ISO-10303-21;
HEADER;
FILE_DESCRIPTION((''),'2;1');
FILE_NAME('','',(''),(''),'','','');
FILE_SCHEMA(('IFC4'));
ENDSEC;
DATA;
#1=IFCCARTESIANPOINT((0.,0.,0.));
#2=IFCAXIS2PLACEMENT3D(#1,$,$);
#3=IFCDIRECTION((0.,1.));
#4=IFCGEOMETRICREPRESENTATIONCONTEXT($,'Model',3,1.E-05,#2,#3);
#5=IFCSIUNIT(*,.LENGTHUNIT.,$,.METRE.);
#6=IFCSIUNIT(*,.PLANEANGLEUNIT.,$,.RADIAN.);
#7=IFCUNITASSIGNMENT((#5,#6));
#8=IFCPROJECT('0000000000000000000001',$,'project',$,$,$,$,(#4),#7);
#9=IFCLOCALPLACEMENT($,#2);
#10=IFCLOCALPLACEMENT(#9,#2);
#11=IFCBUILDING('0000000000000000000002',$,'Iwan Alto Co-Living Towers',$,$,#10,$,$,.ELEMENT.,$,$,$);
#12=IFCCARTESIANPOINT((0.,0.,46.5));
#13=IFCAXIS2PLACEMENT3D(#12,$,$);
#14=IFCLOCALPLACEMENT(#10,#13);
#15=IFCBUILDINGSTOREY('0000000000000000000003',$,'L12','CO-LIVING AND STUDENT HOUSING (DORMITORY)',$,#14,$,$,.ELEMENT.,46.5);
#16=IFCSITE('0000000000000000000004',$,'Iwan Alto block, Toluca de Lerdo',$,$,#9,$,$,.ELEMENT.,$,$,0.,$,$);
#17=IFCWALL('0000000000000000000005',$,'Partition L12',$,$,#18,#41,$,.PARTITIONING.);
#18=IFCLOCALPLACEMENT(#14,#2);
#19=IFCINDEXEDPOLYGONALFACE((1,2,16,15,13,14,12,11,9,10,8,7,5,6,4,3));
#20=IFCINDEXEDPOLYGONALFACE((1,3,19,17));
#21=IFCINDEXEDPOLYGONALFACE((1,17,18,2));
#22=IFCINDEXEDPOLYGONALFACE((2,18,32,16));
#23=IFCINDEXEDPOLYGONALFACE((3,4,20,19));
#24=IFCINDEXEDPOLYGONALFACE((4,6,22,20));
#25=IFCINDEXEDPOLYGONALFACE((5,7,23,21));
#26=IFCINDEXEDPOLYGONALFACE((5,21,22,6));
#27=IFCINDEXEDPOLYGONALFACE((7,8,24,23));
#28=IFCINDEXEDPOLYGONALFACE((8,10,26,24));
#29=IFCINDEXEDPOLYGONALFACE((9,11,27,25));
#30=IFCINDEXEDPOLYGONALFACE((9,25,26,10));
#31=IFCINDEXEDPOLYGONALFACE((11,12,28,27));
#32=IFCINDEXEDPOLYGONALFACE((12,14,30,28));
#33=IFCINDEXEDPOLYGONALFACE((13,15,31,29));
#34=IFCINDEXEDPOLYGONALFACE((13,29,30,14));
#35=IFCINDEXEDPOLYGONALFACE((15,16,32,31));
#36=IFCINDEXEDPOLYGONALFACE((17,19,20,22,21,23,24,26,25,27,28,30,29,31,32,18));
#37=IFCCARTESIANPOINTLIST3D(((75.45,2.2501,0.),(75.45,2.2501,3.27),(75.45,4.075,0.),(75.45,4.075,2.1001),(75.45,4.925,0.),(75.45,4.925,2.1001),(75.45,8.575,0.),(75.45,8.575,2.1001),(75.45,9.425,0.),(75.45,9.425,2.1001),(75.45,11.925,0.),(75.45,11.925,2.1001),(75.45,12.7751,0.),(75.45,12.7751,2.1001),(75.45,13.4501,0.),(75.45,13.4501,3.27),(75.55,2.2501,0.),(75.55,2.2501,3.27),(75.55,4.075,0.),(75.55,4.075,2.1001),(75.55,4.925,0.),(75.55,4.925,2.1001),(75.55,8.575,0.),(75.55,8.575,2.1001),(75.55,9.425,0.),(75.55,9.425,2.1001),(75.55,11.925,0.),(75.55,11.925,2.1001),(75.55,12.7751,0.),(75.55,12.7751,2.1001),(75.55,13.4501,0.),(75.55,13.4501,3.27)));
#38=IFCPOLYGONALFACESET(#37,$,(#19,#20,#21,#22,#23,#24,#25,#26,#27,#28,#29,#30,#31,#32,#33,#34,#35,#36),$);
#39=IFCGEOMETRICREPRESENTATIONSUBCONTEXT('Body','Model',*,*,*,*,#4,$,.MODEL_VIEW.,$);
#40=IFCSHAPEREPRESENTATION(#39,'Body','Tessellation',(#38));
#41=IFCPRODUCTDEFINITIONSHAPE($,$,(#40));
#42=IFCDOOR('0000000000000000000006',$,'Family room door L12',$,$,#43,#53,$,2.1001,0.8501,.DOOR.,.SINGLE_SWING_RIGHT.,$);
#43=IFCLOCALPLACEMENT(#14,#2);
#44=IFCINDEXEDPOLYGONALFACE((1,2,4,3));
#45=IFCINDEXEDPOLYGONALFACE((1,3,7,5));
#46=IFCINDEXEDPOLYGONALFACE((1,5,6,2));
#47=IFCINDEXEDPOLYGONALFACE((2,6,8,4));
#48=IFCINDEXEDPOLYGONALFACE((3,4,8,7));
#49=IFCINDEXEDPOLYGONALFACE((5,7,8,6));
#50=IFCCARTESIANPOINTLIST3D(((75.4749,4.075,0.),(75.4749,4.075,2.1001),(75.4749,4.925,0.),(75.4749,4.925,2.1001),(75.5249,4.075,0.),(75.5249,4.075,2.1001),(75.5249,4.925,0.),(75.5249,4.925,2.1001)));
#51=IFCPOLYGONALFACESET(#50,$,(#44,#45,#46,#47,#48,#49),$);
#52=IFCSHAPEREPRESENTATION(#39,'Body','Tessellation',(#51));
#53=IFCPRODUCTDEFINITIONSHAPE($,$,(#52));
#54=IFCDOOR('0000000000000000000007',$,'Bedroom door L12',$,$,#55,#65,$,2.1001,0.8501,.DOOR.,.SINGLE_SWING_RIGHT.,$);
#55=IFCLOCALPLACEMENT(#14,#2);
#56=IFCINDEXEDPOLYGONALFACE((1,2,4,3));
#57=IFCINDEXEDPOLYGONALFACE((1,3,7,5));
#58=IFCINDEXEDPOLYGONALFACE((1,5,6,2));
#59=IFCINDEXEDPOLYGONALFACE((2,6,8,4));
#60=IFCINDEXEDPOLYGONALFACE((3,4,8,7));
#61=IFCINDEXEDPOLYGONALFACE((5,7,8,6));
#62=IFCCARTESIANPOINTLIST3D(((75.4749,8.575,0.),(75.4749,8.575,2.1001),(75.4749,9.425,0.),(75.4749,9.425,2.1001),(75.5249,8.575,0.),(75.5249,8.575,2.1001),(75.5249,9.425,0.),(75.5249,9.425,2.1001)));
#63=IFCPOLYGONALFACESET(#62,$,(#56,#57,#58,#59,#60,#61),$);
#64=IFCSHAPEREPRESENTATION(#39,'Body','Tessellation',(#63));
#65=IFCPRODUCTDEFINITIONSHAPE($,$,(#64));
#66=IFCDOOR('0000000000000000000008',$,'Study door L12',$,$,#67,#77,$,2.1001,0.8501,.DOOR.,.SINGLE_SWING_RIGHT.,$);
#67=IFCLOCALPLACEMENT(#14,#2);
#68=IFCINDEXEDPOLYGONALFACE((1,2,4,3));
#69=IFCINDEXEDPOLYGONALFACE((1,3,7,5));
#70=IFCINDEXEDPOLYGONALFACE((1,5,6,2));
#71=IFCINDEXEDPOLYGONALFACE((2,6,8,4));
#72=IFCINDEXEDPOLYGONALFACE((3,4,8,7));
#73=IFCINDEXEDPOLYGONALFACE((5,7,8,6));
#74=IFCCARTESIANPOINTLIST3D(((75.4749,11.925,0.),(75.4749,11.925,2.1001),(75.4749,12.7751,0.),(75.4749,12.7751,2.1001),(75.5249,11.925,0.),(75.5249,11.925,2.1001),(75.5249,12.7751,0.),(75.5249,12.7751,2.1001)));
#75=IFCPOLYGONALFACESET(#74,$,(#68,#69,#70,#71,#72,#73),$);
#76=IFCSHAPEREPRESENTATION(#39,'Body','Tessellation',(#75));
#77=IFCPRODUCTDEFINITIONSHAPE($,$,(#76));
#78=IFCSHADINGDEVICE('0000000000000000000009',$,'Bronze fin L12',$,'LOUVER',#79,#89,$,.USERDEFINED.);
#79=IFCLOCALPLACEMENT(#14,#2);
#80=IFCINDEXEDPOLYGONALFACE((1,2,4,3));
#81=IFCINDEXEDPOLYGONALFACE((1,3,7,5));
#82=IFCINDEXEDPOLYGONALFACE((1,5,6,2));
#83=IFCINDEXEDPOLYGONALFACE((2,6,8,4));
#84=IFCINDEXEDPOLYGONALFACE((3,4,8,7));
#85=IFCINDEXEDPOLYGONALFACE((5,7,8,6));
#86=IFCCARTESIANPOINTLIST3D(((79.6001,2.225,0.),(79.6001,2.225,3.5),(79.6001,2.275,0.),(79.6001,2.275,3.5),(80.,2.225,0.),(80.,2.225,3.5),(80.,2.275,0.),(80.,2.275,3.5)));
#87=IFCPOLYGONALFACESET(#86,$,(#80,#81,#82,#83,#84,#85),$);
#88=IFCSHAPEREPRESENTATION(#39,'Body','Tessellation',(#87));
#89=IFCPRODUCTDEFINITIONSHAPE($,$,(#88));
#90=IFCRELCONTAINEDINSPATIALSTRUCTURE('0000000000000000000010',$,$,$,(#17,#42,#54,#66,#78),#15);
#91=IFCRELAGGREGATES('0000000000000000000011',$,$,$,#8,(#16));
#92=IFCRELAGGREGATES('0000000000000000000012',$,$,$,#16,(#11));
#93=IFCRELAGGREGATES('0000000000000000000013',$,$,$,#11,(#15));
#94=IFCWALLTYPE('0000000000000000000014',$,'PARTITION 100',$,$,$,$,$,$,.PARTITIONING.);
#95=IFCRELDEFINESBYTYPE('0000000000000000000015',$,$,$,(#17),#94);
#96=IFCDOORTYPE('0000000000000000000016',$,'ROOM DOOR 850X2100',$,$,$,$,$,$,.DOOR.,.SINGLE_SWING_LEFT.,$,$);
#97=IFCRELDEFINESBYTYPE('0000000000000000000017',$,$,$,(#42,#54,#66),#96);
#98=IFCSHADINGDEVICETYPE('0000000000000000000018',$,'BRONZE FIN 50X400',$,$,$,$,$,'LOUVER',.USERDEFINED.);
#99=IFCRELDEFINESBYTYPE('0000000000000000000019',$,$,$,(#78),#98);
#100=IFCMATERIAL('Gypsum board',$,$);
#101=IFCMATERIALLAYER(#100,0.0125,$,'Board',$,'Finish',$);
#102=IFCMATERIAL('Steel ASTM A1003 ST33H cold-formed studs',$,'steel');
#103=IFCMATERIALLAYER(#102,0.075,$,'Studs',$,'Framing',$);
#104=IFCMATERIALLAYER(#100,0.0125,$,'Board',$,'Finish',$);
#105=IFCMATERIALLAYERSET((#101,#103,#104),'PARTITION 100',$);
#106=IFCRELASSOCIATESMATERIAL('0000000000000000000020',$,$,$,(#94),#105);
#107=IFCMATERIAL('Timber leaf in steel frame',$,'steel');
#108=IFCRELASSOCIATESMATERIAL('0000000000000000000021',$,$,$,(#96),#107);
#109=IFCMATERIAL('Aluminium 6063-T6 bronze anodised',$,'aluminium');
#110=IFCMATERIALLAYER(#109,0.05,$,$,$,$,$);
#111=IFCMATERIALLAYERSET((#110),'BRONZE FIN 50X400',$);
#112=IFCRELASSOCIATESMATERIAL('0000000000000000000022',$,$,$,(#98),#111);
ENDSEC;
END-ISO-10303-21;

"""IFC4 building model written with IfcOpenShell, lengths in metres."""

from ifc_helpers import new_model, si_unit, direction, frame, frame_2d, origin, origin_2d, place, context, subcontext, project, spatial, rectangle, extrude, material, layer, layer_set, type_object, element, fill, save


model = new_model("IFC4")

# Units and contexts
model_context = context("Model", 3, precision=1e-05, world=origin(), true_north=direction((0.0, 1.0)))
body_context = subcontext(model_context, "Body", "Model", "MODEL_VIEW")
ifc_project = project(units=[si_unit("LENGTHUNIT", "METRE"), si_unit("PLANEANGLEUNIT", "RADIAN")], contexts=[model_context])

# Site, building, storey
site_placement = place(None, origin())
site = spatial("IfcSite", under=ifc_project, at=site_placement, Name="Iwan Alto block, Toluca de Lerdo", CompositionType="ELEMENT", RefElevation=0.0)
building_placement = place(site_placement, origin())
building = spatial("IfcBuilding", under=site, at=building_placement, Name="Iwan Alto Co-Living Towers", CompositionType="ELEMENT")
storey_placement = place(building_placement, frame((0.0, 0.0, 46.5)))
storey = spatial("IfcBuildingStorey", under=building, at=storey_placement, Name="L12", Description="CO-LIVING AND STUDENT HOUSING (DORMITORY)", CompositionType="ELEMENT", Elevation=46.5)

# Shared definitions
ifc_material_1 = material(Name="Gypsum board")
ifc_layer_1 = layer(ifc_material_1, 0.0125, Name="Board", Category="Finish")
ifc_material_2 = material(Name="Steel ASTM A1003 ST33H cold-formed studs", Category="steel")
ifc_layer_2 = layer(ifc_material_2, 0.075, Name="Studs", Category="Framing")
ifc_layer_3 = layer(ifc_material_1, 0.0125, Name="Board", Category="Finish")
ifc_layer_set_1 = layer_set([ifc_layer_1, ifc_layer_2, ifc_layer_3], Name="PARTITION 100")
wall_type = type_object("IfcWallType", Name="PARTITION 100", PredefinedType="PARTITIONING", material=ifc_layer_set_1)

# Wall, openings, doors
wall_placement = place(storey_placement, frame((75.5, 2.25, 0.0), z_axis=(0.0, 0.0, 1.0), x_axis=(0.0, 1.0, 0.0)))
wall = element("IfcWall", 1, at=wall_placement, inside=storey, type_object=wall_type, Name="Partition L12", PredefinedType="PARTITIONING", context=body_context, shape_type="SweptSolid", body=[
    extrude(rectangle(XDim=11.2, YDim=0.1001, at=frame_2d((5.6001, 0.0))), origin(), (0.0, 0.0, 1.0), 3.27),
])
opening_1_placement = place(wall_placement, frame((1.825, 0.0, 0.0)))
opening_1 = element("IfcOpeningElement", 2, at=opening_1_placement, cuts=wall, PredefinedType="OPENING", context=body_context, shape_type="SweptSolid", body=[
    extrude(rectangle(XDim=0.8501, YDim=2.1001, at=frame_2d((0.425, 1.05))), frame((0.0, 0.0601, 0.0), z_axis=(0.0, -1.0, 0.0), x_axis=(1.0, 0.0, 0.0)), (0.0, 0.0, 1.0), 0.1201),
])
opening_2_placement = place(wall_placement, frame((6.325, 0.0, 0.0)))
opening_2 = element("IfcOpeningElement", 3, at=opening_2_placement, cuts=wall, PredefinedType="OPENING", context=body_context, shape_type="SweptSolid", body=[
    extrude(rectangle(XDim=0.8501, YDim=2.1001, at=frame_2d((0.425, 1.05))), frame((0.0, 0.0601, 0.0), z_axis=(0.0, -1.0, 0.0), x_axis=(1.0, 0.0, 0.0)), (0.0, 0.0, 1.0), 0.1201),
])
opening_3_placement = place(wall_placement, frame((9.675, 0.0, 0.0)))
opening_3 = element("IfcOpeningElement", 4, at=opening_3_placement, cuts=wall, PredefinedType="OPENING", context=body_context, shape_type="SweptSolid", body=[
    extrude(rectangle(XDim=0.8501, YDim=2.1001, at=frame_2d((0.425, 1.05))), frame((0.0, 0.0601, 0.0), z_axis=(0.0, -1.0, 0.0), x_axis=(1.0, 0.0, 0.0)), (0.0, 0.0, 1.0), 0.1201),
])
ifc_material_3 = material(Name="Timber leaf in steel frame", Category="steel")
door_type = type_object("IfcDoorType", Name="ROOM DOOR 850X2100", OperationType="SINGLE_SWING_LEFT", PredefinedType="DOOR", material=ifc_material_3)
door_1_placement = place(opening_1_placement, frame((0.8501, 0.0, 0.0), z_axis=(0.0, 0.0, 1.0), x_axis=(-1.0, 0.0, 0.0)))
door_1 = element("IfcDoor", 5, at=door_1_placement, inside=storey, type_object=door_type, Name="Family room door L12", OperationType="SINGLE_SWING_RIGHT", OverallHeight=2.1001, OverallWidth=0.8501, PredefinedType="DOOR", context=body_context, shape_type="SweptSolid", body=[
    extrude(rectangle(XDim=0.8501, YDim=2.1001, at=frame_2d((0.425, 1.05))), frame((0.0, 0.0249, 0.0), z_axis=(0.0, -1.0, 0.0), x_axis=(1.0, 0.0, 0.0)), (0.0, 0.0, 1.0), 0.05),
])
fill(opening_1, door_1)
door_2_placement = place(opening_2_placement, frame((0.8501, 0.0, 0.0), z_axis=(0.0, 0.0, 1.0), x_axis=(-1.0, 0.0, 0.0)))
door_2 = element("IfcDoor", 6, at=door_2_placement, inside=storey, type_object=door_type, Name="Bedroom door L12", OperationType="SINGLE_SWING_RIGHT", OverallHeight=2.1001, OverallWidth=0.8501, PredefinedType="DOOR", context=body_context, shape_type="SweptSolid", body=[
    extrude(rectangle(XDim=0.8501, YDim=2.1001, at=frame_2d((0.425, 1.05))), frame((0.0, 0.0249, 0.0), z_axis=(0.0, -1.0, 0.0), x_axis=(1.0, 0.0, 0.0)), (0.0, 0.0, 1.0), 0.05),
])
fill(opening_2, door_2)
door_3_placement = place(opening_3_placement, frame((0.8501, 0.0, 0.0), z_axis=(0.0, 0.0, 1.0), x_axis=(-1.0, 0.0, 0.0)))
door_3 = element("IfcDoor", 7, at=door_3_placement, inside=storey, type_object=door_type, Name="Study door L12", OperationType="SINGLE_SWING_RIGHT", OverallHeight=2.1001, OverallWidth=0.8501, PredefinedType="DOOR", context=body_context, shape_type="SweptSolid", body=[
    extrude(rectangle(XDim=0.8501, YDim=2.1001, at=frame_2d((0.425, 1.05))), frame((0.0, 0.0249, 0.0), z_axis=(0.0, -1.0, 0.0), x_axis=(1.0, 0.0, 0.0)), (0.0, 0.0, 1.0), 0.05),
])
fill(opening_3, door_3)

# Shading device
ifc_material_4 = material(Name="Aluminium 6063-T6 bronze anodised", Category="aluminium")
ifc_layer_4 = layer(ifc_material_4, 0.05)
ifc_layer_set_2 = layer_set([ifc_layer_4], Name="BRONZE FIN 50X400")
shading_device_type = type_object("IfcShadingDeviceType", Name="BRONZE FIN 50X400", ElementType="LOUVER", PredefinedType="USERDEFINED", material=ifc_layer_set_2)
shading_device_placement = place(storey_placement, frame((79.8, 2.25, 0.0), z_axis=(0.0, 0.0, 1.0), x_axis=(0.0, 1.0, 0.0)))
element("IfcShadingDevice", 8, at=shading_device_placement, inside=storey, type_object=shading_device_type, Name="Bronze fin L12", ObjectType="LOUVER", PredefinedType="USERDEFINED", context=body_context, shape_type="SweptSolid", body=[
    extrude(rectangle(XDim=0.05, YDim=0.3999, at=origin_2d()), origin(), (0.0, 0.0, 1.0), 3.5),
])

save(model, "model.ifc")
